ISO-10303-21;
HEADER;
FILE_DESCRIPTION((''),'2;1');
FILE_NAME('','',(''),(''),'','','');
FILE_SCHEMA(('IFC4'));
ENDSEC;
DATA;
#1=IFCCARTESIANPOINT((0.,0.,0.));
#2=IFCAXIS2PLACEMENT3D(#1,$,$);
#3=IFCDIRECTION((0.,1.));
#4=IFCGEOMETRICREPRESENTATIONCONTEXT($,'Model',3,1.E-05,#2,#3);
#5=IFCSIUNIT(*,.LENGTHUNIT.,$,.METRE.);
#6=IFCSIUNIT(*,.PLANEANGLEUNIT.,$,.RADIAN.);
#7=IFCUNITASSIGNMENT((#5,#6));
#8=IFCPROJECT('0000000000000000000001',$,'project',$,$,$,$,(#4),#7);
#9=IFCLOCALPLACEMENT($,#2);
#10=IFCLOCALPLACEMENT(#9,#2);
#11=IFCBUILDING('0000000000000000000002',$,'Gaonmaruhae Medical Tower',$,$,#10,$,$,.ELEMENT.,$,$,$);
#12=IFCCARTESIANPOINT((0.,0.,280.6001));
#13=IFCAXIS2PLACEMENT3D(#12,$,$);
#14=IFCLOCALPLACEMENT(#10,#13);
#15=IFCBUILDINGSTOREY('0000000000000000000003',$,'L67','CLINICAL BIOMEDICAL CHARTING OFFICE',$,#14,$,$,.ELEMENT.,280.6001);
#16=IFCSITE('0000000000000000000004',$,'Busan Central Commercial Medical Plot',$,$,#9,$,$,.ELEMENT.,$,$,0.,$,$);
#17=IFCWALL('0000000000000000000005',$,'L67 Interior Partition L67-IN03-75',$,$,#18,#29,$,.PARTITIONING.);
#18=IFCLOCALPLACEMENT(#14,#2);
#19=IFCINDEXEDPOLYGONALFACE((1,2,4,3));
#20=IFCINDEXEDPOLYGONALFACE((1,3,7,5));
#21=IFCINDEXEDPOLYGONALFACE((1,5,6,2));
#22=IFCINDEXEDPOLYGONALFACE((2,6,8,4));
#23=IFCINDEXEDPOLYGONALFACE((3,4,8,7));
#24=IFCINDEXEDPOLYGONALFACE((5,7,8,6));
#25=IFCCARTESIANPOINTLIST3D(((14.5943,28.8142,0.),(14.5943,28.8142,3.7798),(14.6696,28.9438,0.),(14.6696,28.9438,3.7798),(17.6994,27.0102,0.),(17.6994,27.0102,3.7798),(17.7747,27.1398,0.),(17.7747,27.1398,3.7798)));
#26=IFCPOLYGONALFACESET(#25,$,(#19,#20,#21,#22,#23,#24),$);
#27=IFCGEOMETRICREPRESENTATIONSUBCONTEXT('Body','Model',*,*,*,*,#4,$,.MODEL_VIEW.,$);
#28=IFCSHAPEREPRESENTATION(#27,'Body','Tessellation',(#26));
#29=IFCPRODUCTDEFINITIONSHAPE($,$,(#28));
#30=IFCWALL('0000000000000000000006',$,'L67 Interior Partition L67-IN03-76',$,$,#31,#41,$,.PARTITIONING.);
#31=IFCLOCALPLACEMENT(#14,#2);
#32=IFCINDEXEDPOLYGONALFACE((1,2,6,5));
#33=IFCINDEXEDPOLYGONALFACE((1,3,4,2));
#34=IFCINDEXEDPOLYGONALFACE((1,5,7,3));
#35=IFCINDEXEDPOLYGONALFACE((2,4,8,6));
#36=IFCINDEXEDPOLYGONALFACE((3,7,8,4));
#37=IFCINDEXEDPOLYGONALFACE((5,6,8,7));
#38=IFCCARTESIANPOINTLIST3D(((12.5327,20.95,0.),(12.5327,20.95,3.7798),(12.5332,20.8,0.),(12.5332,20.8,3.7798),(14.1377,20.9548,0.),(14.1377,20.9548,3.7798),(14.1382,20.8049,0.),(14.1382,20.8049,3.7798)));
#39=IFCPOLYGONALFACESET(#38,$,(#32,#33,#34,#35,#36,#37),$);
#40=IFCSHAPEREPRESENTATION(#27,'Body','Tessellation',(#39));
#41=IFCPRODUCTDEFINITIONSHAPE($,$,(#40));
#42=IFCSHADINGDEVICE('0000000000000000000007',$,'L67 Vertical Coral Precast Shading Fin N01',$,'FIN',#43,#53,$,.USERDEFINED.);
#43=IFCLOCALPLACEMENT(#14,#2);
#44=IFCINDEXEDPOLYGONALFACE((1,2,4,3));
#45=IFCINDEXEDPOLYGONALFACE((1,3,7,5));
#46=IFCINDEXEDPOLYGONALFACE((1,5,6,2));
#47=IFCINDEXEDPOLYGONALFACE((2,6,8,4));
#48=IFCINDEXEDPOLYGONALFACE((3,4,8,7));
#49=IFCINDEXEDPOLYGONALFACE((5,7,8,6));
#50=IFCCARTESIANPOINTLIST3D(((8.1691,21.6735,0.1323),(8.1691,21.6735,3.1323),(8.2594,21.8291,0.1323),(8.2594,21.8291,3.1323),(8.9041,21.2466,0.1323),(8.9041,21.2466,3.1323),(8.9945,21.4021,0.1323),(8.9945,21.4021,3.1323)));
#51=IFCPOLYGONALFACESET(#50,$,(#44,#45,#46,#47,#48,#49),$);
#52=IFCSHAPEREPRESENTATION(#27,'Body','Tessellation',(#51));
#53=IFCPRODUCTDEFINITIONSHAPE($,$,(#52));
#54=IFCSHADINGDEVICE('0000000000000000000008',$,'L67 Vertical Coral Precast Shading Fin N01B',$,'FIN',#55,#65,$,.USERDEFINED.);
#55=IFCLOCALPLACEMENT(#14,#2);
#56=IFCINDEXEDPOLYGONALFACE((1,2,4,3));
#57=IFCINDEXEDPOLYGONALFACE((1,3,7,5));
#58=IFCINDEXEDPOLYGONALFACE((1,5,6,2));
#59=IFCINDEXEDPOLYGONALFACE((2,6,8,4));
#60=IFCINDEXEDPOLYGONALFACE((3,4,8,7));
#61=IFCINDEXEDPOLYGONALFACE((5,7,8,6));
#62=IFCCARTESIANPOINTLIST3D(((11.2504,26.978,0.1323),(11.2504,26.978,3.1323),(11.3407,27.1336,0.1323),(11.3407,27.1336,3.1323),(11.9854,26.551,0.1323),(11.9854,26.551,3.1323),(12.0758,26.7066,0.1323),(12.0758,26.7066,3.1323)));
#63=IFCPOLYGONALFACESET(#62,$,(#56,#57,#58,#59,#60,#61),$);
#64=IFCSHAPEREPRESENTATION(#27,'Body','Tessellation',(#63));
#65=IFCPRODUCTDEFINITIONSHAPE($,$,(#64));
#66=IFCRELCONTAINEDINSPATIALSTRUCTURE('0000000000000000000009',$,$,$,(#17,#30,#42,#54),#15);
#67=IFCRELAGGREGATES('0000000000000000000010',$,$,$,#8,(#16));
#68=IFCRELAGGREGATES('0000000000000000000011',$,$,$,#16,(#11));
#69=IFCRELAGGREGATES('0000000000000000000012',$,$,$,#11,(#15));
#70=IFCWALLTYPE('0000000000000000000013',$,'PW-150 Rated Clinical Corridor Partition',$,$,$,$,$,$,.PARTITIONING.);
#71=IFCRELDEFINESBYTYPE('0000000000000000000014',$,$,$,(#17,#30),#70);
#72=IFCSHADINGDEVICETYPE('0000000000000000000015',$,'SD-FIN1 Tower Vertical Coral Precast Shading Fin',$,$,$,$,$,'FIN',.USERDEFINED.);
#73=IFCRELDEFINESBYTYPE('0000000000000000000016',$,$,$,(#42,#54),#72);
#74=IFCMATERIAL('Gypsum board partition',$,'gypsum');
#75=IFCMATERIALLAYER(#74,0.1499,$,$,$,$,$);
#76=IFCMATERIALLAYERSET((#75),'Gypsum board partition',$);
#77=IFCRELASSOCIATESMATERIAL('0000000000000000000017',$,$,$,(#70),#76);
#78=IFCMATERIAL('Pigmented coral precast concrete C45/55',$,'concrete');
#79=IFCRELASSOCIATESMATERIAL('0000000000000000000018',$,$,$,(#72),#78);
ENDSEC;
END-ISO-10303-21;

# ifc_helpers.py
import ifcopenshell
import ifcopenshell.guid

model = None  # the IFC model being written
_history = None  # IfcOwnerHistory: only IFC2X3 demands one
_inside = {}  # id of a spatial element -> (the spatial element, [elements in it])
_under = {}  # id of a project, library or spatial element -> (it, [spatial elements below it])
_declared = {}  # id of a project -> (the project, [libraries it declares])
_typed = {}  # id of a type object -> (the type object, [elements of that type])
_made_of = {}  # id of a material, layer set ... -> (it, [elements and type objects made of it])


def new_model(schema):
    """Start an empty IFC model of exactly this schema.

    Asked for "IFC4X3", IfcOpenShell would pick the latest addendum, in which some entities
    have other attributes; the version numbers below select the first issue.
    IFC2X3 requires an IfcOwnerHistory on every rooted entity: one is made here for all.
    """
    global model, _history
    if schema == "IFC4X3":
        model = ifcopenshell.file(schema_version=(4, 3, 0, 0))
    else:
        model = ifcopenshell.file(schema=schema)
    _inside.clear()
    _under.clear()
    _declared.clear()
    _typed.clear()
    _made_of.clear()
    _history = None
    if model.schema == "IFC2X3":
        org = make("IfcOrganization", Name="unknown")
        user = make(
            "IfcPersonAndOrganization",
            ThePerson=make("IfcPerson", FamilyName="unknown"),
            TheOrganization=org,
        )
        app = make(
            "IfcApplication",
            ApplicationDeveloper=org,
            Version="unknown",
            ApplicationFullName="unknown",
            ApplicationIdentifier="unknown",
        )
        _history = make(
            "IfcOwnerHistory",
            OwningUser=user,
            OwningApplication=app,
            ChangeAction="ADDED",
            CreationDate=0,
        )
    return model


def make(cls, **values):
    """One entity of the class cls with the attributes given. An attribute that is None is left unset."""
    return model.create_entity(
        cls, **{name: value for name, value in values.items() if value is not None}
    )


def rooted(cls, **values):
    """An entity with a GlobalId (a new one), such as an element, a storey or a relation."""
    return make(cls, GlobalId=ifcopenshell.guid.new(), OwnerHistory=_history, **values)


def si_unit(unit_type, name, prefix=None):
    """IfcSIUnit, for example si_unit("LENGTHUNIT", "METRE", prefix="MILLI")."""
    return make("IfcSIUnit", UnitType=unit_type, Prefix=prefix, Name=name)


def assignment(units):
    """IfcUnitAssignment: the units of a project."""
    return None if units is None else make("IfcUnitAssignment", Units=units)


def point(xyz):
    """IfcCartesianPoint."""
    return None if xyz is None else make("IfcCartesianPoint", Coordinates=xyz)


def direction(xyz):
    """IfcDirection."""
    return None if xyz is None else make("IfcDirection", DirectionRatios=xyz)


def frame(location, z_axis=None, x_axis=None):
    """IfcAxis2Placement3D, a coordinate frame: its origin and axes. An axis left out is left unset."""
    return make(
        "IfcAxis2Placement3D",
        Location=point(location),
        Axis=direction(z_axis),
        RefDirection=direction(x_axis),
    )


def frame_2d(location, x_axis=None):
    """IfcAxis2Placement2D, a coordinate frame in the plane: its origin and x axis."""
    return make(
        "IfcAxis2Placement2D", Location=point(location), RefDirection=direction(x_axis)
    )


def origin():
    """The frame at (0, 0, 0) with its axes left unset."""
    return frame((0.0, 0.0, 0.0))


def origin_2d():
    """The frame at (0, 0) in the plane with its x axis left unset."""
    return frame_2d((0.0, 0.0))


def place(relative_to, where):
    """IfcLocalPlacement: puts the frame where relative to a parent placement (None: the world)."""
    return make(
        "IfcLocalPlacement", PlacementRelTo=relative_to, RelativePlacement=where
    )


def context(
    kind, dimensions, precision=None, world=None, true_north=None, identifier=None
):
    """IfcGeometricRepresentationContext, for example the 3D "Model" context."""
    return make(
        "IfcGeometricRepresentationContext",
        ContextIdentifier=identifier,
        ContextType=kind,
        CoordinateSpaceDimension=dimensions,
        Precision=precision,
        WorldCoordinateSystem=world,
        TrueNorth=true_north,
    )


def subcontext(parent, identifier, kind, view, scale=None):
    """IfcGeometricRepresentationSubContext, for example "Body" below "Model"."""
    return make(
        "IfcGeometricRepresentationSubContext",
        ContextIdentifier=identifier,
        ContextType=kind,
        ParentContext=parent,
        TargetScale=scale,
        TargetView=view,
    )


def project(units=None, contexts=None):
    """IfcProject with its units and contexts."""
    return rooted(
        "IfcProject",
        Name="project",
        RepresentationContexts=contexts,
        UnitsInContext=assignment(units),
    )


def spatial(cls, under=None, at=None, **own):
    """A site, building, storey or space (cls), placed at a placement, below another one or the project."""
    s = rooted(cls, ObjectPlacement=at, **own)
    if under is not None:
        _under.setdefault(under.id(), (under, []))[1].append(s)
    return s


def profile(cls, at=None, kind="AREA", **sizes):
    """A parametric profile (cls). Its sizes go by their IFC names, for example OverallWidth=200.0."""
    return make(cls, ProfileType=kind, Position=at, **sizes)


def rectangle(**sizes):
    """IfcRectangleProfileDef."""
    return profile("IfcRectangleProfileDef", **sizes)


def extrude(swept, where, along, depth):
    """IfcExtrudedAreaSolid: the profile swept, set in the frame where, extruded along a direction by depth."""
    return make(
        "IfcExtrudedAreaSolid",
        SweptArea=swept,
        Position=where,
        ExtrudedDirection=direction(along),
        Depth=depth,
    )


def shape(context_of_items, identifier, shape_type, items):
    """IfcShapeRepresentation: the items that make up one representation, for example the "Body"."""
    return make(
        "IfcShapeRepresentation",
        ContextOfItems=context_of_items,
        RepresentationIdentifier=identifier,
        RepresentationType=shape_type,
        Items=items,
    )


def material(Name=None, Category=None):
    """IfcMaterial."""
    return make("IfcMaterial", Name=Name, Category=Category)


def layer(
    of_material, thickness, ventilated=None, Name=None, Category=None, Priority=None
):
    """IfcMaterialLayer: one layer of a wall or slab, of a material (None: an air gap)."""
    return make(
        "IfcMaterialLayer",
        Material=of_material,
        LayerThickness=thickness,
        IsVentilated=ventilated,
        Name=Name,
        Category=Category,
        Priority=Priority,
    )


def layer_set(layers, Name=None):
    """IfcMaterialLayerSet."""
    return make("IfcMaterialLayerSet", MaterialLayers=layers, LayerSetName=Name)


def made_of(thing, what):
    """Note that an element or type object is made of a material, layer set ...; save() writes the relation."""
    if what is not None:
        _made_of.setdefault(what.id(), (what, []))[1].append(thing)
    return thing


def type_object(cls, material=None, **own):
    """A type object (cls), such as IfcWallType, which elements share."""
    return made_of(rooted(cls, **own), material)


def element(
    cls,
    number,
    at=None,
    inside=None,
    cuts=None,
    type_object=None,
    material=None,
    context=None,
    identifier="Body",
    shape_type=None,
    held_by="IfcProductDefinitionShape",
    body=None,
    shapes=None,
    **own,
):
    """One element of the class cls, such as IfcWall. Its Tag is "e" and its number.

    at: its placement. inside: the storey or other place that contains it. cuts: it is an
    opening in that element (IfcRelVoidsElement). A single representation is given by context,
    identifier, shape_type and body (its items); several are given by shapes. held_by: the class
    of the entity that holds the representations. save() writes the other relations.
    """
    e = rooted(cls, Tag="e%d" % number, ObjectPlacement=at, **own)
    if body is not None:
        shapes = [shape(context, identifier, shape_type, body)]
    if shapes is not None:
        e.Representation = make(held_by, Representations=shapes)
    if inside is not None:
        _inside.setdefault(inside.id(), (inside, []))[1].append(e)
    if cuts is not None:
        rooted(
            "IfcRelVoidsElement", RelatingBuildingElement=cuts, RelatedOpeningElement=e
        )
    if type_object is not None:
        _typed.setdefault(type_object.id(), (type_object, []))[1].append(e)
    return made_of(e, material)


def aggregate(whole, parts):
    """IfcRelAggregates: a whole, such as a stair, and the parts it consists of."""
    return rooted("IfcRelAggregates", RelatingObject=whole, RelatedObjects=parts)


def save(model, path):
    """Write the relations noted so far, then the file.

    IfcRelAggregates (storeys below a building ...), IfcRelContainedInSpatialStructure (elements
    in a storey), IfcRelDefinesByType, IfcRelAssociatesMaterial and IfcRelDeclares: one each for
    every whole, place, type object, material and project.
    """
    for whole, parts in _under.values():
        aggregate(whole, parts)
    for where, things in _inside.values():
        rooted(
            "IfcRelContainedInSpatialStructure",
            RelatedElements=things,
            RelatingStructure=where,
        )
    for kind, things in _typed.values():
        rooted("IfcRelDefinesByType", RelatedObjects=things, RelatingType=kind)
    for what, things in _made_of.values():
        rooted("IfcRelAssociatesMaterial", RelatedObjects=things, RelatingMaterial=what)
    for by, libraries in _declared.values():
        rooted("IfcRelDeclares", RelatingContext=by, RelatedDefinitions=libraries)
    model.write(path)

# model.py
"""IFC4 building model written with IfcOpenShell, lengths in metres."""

from ifc_helpers import new_model, si_unit, direction, frame, frame_2d, origin, origin_2d, place, context, subcontext, project, spatial, rectangle, extrude, material, layer, layer_set, type_object, element, save


model = new_model("IFC4")

# Units and contexts
model_context = context("Model", 3, precision=1e-05, world=origin(), true_north=direction((0.0, 1.0)))
body_context = subcontext(model_context, "Body", "Model", "MODEL_VIEW")
ifc_project = project(units=[si_unit("LENGTHUNIT", "METRE"), si_unit("PLANEANGLEUNIT", "RADIAN")], contexts=[model_context])

# Site, building, storey
site_placement = place(None, origin())
site = spatial("IfcSite", under=ifc_project, at=site_placement, Name="Busan Central Commercial Medical Plot", CompositionType="ELEMENT", RefElevation=0.0)
building_placement = place(site_placement, origin())
building = spatial("IfcBuilding", under=site, at=building_placement, Name="Gaonmaruhae Medical Tower", CompositionType="ELEMENT")
storey_placement = place(building_placement, frame((0.0, 0.0, 280.6001)))
storey = spatial("IfcBuildingStorey", under=building, at=storey_placement, Name="L67", Description="CLINICAL BIOMEDICAL CHARTING OFFICE", CompositionType="ELEMENT", Elevation=280.6001)

# Shared definitions
ifc_material_1 = material(Name="Gypsum board partition", Category="gypsum")
ifc_layer_1 = layer(ifc_material_1, 0.1499)
ifc_layer_set_1 = layer_set([ifc_layer_1], Name="Gypsum board partition")
wall_type_1 = type_object("IfcWallType", Name="PW-150 Rated Clinical Corridor Partition", PredefinedType="PARTITIONING", material=ifc_layer_set_1)

# Walls
wall_1_placement = place(storey_placement, frame((14.6321, 28.8789, 0.0), z_axis=(0.0, 0.0, 1.0), x_axis=(0.86466, -0.502357, 0.0)))
element("IfcWall", 1, at=wall_1_placement, inside=storey, type_object=wall_type_1, Name="L67 Interior Partition L67-IN03-75", PredefinedType="PARTITIONING", context=body_context, shape_type="SweptSolid", body=[
    extrude(rectangle(XDim=3.5911, YDim=0.1499, at=frame_2d((1.7954, 0.0))), origin(), (0.0, 0.0, 1.0), 3.7798),
])
wall_2_placement = place(storey_placement, frame((14.1379, 20.8799, 0.0), z_axis=(0.0, 0.0, 1.0), x_axis=(-0.999995, -0.003042, 0.0)))
element("IfcWall", 2, at=wall_2_placement, inside=storey, type_object=wall_type_1, Name="L67 Interior Partition L67-IN03-76", PredefinedType="PARTITIONING", context=body_context, shape_type="SweptSolid", body=[
    extrude(rectangle(XDim=1.605, YDim=0.1499, at=frame_2d((0.8025, 0.0))), origin(), (0.0, 0.0, 1.0), 3.7798),
])

# Shading devices
ifc_material_2 = material(Name="Pigmented coral precast concrete C45/55", Category="concrete")
shading_device_type = type_object("IfcShadingDeviceType", Name="SD-FIN1 Tower Vertical Coral Precast Shading Fin", ElementType="FIN", PredefinedType="USERDEFINED", material=ifc_material_2)
for number, where, z_axis, x_axis, name in (
    (3, (8.5818, 21.5378, 0.1323), (0.0, 0.0, 1.0), (0.502266, 0.864713, 0.0), "L67 Vertical Coral Precast Shading Fin N01"),
    (4, (11.6631, 26.8423, 0.1323), (0.0, 0.0, 1.0), (0.502266, 0.864713, 0.0), "L67 Vertical Coral Precast Shading Fin N01B"),
):
    element("IfcShadingDevice", number, at=place(storey_placement, frame(where, z_axis=z_axis, x_axis=x_axis)), inside=storey, type_object=shading_device_type, Name=name, ObjectType="FIN", PredefinedType="USERDEFINED", context=body_context, shape_type="SweptSolid", body=[
        extrude(rectangle(XDim=0.1799, YDim=0.8501, at=origin_2d()), origin(), (0.0, 0.0, 1.0), 3.0),
    ])

save(model, "model.ifc")
